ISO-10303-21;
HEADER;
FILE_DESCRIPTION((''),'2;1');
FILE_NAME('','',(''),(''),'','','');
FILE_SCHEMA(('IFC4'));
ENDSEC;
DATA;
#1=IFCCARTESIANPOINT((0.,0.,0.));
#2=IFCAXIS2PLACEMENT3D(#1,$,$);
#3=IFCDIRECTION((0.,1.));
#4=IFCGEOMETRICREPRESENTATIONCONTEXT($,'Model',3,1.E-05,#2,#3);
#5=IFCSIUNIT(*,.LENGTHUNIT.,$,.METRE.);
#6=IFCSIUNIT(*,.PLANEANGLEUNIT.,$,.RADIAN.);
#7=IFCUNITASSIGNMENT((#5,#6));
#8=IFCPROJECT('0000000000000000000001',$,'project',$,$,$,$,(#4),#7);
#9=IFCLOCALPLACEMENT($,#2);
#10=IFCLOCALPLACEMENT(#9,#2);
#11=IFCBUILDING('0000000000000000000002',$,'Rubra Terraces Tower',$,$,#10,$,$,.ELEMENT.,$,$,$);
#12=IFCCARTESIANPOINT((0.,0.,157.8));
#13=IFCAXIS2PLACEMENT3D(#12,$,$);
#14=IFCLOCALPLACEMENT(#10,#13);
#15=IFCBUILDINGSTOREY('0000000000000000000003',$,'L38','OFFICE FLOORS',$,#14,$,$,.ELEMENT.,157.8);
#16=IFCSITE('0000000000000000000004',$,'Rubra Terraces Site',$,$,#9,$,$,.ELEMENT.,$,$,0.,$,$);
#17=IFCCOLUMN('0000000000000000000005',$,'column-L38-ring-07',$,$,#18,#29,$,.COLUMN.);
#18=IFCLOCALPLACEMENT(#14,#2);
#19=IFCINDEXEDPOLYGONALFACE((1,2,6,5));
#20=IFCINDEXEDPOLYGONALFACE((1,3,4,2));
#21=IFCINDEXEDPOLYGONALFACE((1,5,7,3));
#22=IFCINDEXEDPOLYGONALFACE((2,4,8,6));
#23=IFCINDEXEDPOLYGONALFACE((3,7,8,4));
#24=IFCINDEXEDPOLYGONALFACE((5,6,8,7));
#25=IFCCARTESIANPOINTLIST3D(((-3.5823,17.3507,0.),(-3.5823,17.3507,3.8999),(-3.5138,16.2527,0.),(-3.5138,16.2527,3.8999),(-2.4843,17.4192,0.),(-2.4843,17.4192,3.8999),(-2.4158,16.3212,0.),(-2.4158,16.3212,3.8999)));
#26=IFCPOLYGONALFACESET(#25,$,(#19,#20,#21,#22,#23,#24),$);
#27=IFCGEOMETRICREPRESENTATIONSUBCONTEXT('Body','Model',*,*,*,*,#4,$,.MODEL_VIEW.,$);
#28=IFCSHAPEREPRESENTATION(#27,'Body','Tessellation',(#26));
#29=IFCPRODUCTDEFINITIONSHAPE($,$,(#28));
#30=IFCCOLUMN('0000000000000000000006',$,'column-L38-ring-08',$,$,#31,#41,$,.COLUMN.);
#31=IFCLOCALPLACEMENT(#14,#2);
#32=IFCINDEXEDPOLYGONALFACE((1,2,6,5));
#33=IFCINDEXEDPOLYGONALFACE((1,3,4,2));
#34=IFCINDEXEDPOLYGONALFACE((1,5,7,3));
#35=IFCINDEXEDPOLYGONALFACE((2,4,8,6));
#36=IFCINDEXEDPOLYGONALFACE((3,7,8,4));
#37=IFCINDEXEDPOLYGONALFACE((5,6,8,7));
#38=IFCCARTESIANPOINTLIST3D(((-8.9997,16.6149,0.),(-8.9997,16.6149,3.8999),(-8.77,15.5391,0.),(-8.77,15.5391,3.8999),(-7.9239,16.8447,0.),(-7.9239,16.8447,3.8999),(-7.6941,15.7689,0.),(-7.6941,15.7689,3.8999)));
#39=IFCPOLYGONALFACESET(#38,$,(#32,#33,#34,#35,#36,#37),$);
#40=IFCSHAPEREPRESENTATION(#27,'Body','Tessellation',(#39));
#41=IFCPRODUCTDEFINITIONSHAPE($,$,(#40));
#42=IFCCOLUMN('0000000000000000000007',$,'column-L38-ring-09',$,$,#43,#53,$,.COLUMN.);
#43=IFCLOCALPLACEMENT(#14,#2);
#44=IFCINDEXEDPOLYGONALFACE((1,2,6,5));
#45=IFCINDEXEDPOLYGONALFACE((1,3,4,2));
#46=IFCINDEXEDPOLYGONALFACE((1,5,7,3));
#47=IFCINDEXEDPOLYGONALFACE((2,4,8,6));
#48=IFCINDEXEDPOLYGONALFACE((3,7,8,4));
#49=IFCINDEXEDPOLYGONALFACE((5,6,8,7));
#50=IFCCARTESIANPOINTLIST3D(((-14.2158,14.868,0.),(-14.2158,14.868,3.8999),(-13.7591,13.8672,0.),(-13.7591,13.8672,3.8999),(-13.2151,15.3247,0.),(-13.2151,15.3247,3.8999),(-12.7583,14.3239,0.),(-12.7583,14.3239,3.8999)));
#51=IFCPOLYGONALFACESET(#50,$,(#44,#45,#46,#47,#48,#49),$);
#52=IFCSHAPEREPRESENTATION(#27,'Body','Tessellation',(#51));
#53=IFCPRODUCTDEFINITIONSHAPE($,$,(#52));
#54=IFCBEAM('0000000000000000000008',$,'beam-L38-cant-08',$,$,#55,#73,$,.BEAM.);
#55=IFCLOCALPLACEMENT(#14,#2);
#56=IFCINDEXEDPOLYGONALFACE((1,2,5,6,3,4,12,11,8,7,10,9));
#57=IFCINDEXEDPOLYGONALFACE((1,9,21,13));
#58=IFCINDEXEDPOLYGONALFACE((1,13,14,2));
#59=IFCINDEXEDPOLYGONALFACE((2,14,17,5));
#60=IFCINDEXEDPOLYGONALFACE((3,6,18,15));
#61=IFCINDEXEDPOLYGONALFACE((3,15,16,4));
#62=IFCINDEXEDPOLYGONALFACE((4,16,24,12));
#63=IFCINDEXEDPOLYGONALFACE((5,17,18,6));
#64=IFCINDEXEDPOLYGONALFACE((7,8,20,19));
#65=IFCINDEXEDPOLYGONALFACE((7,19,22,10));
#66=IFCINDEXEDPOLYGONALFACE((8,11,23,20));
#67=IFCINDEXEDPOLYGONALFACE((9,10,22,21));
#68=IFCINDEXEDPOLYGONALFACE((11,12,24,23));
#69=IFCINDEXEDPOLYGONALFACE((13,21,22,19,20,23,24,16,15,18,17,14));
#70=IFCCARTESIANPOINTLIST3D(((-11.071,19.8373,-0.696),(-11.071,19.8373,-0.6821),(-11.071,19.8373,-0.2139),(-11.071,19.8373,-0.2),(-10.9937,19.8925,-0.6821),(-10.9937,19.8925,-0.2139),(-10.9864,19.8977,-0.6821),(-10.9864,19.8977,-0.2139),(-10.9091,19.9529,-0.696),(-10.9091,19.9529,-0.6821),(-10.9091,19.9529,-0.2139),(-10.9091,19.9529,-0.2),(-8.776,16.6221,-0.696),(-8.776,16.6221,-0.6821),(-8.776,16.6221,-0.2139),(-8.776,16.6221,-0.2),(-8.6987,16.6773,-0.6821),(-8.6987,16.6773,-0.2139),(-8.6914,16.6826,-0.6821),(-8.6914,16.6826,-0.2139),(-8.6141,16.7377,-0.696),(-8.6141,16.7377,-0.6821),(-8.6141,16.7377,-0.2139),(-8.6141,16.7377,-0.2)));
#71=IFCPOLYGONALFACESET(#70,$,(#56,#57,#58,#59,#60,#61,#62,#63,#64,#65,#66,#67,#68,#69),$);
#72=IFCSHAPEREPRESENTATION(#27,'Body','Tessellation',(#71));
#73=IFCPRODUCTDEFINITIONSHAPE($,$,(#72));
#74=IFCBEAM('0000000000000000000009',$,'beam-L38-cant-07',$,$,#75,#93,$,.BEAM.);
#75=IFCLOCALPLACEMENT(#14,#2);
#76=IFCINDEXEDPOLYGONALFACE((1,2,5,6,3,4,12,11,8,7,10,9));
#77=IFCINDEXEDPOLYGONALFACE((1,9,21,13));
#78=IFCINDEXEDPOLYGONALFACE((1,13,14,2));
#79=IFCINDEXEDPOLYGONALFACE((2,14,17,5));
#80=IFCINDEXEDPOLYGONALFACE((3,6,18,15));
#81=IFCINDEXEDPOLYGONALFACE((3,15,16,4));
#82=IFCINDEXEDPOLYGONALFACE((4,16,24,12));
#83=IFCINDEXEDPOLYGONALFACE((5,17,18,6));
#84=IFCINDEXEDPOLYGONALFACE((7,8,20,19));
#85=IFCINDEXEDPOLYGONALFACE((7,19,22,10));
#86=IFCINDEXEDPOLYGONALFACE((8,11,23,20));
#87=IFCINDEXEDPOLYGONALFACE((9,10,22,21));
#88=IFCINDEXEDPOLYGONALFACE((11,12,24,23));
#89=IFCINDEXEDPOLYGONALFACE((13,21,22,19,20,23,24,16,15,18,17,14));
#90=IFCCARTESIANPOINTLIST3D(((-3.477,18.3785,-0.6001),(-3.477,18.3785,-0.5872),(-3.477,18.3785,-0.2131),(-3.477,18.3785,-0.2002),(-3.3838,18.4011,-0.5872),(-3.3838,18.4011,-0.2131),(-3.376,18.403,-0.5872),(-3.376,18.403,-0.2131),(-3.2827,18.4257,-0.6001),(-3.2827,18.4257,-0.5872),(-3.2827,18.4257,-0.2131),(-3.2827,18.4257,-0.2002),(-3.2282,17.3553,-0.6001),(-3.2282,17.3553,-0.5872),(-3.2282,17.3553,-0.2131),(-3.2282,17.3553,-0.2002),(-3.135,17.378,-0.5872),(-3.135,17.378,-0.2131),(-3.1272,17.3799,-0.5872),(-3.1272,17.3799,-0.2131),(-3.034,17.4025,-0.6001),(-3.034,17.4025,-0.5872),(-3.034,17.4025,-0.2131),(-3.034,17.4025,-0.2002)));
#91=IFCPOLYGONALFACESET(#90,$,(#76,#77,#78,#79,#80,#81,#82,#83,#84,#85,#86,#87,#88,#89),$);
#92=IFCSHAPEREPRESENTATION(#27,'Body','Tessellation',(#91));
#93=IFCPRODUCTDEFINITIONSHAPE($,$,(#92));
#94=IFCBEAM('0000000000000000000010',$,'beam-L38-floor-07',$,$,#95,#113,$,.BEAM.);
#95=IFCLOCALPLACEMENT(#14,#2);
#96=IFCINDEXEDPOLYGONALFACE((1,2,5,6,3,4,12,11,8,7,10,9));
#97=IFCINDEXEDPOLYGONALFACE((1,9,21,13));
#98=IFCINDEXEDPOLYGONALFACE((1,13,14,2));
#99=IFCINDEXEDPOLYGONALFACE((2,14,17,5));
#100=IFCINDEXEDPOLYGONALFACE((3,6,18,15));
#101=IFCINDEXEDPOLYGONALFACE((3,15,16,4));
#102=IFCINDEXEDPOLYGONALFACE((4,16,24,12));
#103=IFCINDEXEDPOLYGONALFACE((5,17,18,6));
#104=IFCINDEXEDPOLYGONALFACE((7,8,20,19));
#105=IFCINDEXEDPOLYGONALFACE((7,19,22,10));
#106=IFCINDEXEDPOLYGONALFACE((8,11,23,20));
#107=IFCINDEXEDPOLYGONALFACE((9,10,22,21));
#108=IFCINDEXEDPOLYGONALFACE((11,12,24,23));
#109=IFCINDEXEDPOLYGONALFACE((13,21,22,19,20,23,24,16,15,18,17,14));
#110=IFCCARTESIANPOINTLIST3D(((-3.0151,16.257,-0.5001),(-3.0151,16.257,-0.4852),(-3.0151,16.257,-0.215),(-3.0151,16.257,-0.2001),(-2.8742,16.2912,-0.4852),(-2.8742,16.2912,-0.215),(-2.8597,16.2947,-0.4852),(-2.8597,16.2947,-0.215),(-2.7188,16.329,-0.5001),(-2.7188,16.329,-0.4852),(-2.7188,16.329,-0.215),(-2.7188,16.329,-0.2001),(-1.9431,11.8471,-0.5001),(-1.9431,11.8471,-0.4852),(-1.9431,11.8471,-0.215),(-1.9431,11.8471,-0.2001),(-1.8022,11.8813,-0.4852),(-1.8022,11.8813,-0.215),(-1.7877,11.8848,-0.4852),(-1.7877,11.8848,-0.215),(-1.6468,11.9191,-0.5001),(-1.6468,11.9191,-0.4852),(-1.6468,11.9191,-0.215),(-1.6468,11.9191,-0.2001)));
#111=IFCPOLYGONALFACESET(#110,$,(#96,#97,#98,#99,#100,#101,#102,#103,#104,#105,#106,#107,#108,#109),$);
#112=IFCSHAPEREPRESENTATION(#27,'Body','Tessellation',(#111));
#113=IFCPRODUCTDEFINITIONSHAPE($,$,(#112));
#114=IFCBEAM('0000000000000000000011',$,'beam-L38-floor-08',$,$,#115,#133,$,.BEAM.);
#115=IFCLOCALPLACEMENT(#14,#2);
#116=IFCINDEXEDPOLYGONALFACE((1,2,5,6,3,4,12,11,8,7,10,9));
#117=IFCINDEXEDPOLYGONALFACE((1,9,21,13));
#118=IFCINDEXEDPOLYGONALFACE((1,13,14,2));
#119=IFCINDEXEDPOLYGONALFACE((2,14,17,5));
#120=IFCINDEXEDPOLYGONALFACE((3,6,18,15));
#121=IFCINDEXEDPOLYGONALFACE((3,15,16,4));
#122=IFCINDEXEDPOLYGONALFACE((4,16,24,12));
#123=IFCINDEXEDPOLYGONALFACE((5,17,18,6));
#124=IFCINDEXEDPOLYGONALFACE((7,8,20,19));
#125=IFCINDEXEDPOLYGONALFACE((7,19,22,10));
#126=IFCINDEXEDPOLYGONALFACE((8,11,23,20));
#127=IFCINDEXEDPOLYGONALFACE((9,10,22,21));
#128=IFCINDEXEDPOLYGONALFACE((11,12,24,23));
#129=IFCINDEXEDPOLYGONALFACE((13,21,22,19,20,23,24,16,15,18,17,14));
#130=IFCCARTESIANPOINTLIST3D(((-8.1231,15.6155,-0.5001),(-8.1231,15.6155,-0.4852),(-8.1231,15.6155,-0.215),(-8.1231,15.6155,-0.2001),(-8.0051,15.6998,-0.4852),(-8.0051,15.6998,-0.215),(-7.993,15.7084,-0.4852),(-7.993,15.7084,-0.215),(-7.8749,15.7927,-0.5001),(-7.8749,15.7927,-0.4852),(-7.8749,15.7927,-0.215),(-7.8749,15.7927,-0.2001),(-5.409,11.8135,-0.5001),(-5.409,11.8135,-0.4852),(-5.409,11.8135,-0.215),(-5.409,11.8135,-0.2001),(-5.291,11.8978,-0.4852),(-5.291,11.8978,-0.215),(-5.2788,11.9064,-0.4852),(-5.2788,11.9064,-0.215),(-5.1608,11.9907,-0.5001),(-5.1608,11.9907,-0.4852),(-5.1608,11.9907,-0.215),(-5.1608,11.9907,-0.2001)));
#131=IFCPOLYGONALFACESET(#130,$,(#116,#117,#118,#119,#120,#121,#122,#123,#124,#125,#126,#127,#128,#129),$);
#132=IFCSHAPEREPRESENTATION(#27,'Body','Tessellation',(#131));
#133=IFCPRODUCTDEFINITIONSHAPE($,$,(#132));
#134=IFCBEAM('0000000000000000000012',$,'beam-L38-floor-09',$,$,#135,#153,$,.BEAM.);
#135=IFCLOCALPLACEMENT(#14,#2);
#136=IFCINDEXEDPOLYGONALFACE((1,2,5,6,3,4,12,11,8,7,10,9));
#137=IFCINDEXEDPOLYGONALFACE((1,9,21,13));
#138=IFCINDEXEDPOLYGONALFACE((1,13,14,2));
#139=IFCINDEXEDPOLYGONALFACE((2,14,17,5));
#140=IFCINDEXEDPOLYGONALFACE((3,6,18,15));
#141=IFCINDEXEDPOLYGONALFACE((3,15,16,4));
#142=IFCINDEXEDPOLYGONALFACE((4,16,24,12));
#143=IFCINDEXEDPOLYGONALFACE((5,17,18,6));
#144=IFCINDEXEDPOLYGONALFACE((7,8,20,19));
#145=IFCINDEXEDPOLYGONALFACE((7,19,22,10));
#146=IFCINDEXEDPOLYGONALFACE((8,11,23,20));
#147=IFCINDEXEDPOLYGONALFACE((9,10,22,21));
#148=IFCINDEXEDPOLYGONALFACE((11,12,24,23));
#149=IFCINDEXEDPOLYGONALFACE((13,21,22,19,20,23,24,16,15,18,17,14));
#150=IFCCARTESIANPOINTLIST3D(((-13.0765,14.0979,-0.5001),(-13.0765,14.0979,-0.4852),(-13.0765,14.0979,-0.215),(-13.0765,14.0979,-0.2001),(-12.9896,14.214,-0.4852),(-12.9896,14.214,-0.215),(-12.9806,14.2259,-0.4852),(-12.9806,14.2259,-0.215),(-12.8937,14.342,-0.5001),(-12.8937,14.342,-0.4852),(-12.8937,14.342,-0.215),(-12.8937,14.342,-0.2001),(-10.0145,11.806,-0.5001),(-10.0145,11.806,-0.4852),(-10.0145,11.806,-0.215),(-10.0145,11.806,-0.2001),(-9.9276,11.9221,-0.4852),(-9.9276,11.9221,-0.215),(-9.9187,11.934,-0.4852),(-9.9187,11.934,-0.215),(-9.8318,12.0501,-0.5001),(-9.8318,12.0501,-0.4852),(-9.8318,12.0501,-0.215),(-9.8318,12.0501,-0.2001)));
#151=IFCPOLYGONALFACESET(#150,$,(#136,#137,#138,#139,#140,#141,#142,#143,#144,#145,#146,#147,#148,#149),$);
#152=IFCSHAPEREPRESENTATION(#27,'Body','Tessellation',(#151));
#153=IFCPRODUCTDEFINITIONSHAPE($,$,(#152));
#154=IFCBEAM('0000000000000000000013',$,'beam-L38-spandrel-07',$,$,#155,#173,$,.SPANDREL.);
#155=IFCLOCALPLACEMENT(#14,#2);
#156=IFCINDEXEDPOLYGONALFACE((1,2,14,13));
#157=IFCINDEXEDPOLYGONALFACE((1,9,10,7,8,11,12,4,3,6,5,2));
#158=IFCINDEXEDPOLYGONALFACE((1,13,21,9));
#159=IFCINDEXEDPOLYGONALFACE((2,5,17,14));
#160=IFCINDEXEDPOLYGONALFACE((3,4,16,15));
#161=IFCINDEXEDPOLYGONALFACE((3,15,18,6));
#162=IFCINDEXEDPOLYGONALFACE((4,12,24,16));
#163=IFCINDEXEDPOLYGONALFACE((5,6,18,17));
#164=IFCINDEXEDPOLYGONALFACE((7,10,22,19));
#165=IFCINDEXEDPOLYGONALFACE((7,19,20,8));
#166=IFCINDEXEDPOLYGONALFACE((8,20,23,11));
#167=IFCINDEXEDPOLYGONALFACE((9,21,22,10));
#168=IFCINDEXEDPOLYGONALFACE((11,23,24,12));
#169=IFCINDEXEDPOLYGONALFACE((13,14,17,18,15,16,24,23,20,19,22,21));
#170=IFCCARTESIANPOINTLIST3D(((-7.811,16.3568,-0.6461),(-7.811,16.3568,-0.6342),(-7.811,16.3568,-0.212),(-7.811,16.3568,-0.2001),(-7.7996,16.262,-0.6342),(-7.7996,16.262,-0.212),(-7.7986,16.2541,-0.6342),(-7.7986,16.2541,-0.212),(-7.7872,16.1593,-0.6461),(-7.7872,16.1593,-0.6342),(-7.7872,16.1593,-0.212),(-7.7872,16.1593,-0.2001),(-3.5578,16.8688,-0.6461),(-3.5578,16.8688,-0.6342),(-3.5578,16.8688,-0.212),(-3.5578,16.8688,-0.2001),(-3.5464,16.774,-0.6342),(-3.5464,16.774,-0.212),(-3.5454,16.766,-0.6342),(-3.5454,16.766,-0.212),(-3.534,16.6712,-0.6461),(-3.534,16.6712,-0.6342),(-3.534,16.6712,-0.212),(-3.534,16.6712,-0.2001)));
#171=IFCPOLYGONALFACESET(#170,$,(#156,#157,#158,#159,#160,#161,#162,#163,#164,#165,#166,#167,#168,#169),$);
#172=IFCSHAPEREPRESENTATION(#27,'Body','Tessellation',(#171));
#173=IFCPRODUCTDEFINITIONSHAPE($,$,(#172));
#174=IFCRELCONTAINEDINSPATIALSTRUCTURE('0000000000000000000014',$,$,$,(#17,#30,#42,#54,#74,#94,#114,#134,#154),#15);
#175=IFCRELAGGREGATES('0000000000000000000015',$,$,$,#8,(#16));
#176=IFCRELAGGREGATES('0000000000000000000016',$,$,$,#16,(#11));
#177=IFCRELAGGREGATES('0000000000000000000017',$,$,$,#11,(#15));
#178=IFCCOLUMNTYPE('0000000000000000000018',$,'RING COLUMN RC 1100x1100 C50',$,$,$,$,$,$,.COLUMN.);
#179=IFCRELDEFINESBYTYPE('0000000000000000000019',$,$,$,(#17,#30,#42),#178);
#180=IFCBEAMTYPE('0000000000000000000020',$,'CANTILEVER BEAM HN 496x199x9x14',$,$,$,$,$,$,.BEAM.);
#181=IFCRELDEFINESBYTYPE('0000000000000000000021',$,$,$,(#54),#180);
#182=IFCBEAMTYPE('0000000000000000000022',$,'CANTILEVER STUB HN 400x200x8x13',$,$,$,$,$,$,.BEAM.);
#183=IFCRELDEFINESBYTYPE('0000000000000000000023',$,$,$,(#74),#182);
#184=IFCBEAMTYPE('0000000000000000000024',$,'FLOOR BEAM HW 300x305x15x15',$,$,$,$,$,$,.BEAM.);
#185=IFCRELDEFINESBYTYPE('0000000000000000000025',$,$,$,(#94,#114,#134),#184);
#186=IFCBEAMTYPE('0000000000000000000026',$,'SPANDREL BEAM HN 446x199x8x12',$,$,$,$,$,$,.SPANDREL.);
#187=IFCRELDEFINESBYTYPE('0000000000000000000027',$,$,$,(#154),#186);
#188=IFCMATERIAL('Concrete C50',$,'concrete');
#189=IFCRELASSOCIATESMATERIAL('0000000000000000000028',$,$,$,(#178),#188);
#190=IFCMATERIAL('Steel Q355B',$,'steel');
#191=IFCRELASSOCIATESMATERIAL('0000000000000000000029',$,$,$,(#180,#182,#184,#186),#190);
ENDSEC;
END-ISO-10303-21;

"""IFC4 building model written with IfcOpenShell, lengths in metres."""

from ifc_helpers import new_model, si_unit, direction, frame, origin, origin_2d, place, context, subcontext, project, spatial, rectangle, i_section, extrude, material, material_profile, profile_set, type_object, element, save


model = new_model("IFC4")

# Units and contexts
model_context = context("Model", 3, precision=1e-05, world=origin(), true_north=direction((0.0, 1.0)))
body_context = subcontext(model_context, "Body", "Model", "MODEL_VIEW")
ifc_project = project(units=[si_unit("LENGTHUNIT", "METRE"), si_unit("PLANEANGLEUNIT", "RADIAN")], contexts=[model_context])

# Site, building, storey
site_placement = place(None, origin())
site = spatial("IfcSite", under=ifc_project, at=site_placement, Name="Rubra Terraces Site", CompositionType="ELEMENT", RefElevation=0.0)
building_placement = place(site_placement, origin())
building = spatial("IfcBuilding", under=site, at=building_placement, Name="Rubra Terraces Tower", CompositionType="ELEMENT")
storey_placement = place(building_placement, frame((0.0, 0.0, 157.8)))
storey = spatial("IfcBuildingStorey", under=building, at=storey_placement, Name="L38", Description="OFFICE FLOORS", CompositionType="ELEMENT", Elevation=157.8)

# Columns
ifc_material_1 = material(Name="Concrete C50", Category="concrete")
ifc_material_profile_1 = material_profile(ifc_material_1, rectangle(XDim=1.1001, YDim=1.1001, at=origin_2d()), Name="RC 1100x1100")
ifc_profile_set_1 = profile_set([ifc_material_profile_1], Name="Concrete C50")
column_type = type_object("IfcColumnType", Name="RING COLUMN RC 1100x1100 C50", PredefinedType="COLUMN", material=ifc_profile_set_1)
for number, where, z_axis, x_axis, name in (
    (1, (-2.999, 16.8359, 0.0), (0.0, 0.0, 1.0), (-0.998059, -0.062268, 0.0), "column-L38-ring-07"),
    (2, (-8.3469, 16.1919, 0.0), (0.0, 0.0, 1.0), (-0.977944, -0.208867, 0.0), "column-L38-ring-08"),
    (3, (-13.4871, 14.5959, 0.0), (0.0, 0.0, 1.0), (-0.909726, -0.415208, 0.0), "column-L38-ring-09"),
):
    element("IfcColumn", number, at=place(storey_placement, frame(where, z_axis=z_axis, x_axis=x_axis)), inside=storey, type_object=column_type, Name=name, PredefinedType="COLUMN", context=body_context, shape_type="SweptSolid", body=[
        extrude(rectangle(XDim=1.1001, YDim=1.1001, at=origin_2d()), origin(), (0.0, 0.0, 1.0), 3.8999),
    ])

# Beams
ifc_material_2 = material(Name="Steel Q355B", Category="steel")
ifc_material_profile_2 = material_profile(ifc_material_2, i_section(OverallWidth=0.199, OverallDepth=0.4961, WebThickness=0.009, FlangeThickness=0.0139, at=origin_2d()), Name="HN 496x199x9x14")
ifc_profile_set_2 = profile_set([ifc_material_profile_2], Name="Steel Q355B")
beam_type_1 = type_object("IfcBeamType", Name="CANTILEVER BEAM HN 496x199x9x14", PredefinedType="BEAM", material=ifc_profile_set_2)
beam_1_placement = place(storey_placement, frame((-8.6951, 16.6799, -0.448), z_axis=(-0.580975, 0.813921, 0.0), x_axis=(-0.813921, -0.580975, 0.0)))
element("IfcBeam", 4, at=beam_1_placement, inside=storey, type_object=beam_type_1, Name="beam-L38-cant-08", PredefinedType="BEAM", context=body_context, shape_type="SweptSolid", body=[
    extrude(i_section(OverallWidth=0.199, OverallDepth=0.4961, WebThickness=0.009, FlangeThickness=0.0139, at=origin_2d()), origin(), (0.0, 0.0, 1.0), 3.9502),
])
ifc_material_profile_3 = material_profile(ifc_material_2, i_section(OverallWidth=0.2, OverallDepth=0.3999, WebThickness=0.0081, FlangeThickness=0.0129, at=origin_2d()), Name="HN 400x200x8x13")
ifc_profile_set_3 = profile_set([ifc_material_profile_3], Name="Steel Q355B")
beam_type_2 = type_object("IfcBeamType", Name="CANTILEVER STUB HN 400x200x8x13", PredefinedType="BEAM", material=ifc_profile_set_3)
beam_2_placement = place(storey_placement, frame((-3.1311, 17.3789, -0.4001), z_axis=(-0.236257, 0.971691, 0.0), x_axis=(-0.971691, -0.236257, 0.0)))
element("IfcBeam", 5, at=beam_2_placement, inside=storey, type_object=beam_type_2, Name="beam-L38-cant-07", PredefinedType="BEAM", context=body_context, shape_type="SweptSolid", body=[
    extrude(i_section(OverallWidth=0.2, OverallDepth=0.3999, WebThickness=0.0081, FlangeThickness=0.0129, at=origin_2d()), origin(), (0.0, 0.0, 1.0), 1.053),
])
ifc_material_profile_4 = material_profile(ifc_material_2, i_section(OverallWidth=0.3049, OverallDepth=0.3, WebThickness=0.0149, FlangeThickness=0.0149, at=origin_2d()), Name="HW 300x305x15x15")
ifc_profile_set_4 = profile_set([ifc_material_profile_4], Name="Steel Q355B")
beam_type_3 = type_object("IfcBeamType", Name="FLOOR BEAM HW 300x305x15x15", PredefinedType="BEAM", material=ifc_profile_set_4)
beam_3_placement = place(storey_placement, frame((-2.8669, 16.293, -0.3501), z_axis=(0.236214, -0.971701, 0.0), x_axis=(0.971701, 0.236214, 0.0)))
element("IfcBeam", 6, at=beam_3_placement, inside=storey, type_object=beam_type_3, Name="beam-L38-floor-07", PredefinedType="BEAM", context=body_context, shape_type="SweptSolid", body=[
    extrude(i_section(OverallWidth=0.3049, OverallDepth=0.3, WebThickness=0.0149, FlangeThickness=0.0149, at=origin_2d()), origin(), (0.0, 0.0, 1.0), 4.5383),
])
beam_4_placement = place(storey_placement, frame((-7.999, 15.7041, -0.3501), z_axis=(0.581011, -0.813896, 0.0), x_axis=(0.813896, 0.581011, 0.0)))
element("IfcBeam", 7, at=beam_4_placement, inside=storey, type_object=beam_type_3, Name="beam-L38-floor-08", PredefinedType="BEAM", context=body_context, shape_type="SweptSolid", body=[
    extrude(i_section(OverallWidth=0.3049, OverallDepth=0.3, WebThickness=0.0149, FlangeThickness=0.0149, at=origin_2d()), origin(), (0.0, 0.0, 1.0), 4.6714),
])
beam_5_placement = place(storey_placement, frame((-12.9851, 14.22, -0.3501), z_axis=(0.800566, -0.599244, 0.0), x_axis=(0.599244, 0.800566, 0.0)))
element("IfcBeam", 8, at=beam_5_placement, inside=storey, type_object=beam_type_3, Name="beam-L38-floor-09", PredefinedType="BEAM", context=body_context, shape_type="SweptSolid", body=[
    extrude(i_section(OverallWidth=0.3049, OverallDepth=0.3, WebThickness=0.0149, FlangeThickness=0.0149, at=origin_2d()), origin(), (0.0, 0.0, 1.0), 3.8247),
])
ifc_material_profile_5 = material_profile(ifc_material_2, i_section(OverallWidth=0.199, OverallDepth=0.446, WebThickness=0.0081, FlangeThickness=0.012, at=origin_2d()), Name="HN 446x199x8x12")
ifc_profile_set_5 = profile_set([ifc_material_profile_5], Name="Steel Q355B")
beam_type_4 = type_object("IfcBeamType", Name="SPANDREL BEAM HN 446x199x8x12", PredefinedType="SPANDREL", material=ifc_profile_set_5)
beam_6_placement = place(storey_placement, frame((-3.5459, 16.77, -0.4231), z_axis=(-0.992833, -0.119509, 0.0), x_axis=(0.119509, -0.992833, 0.0)))
element("IfcBeam", 9, at=beam_6_placement, inside=storey, type_object=beam_type_4, Name="beam-L38-spandrel-07", PredefinedType="SPANDREL", context=body_context, shape_type="SweptSolid", body=[
    extrude(i_section(OverallWidth=0.199, OverallDepth=0.446, WebThickness=0.0081, FlangeThickness=0.012, at=origin_2d()), origin(), (0.0, 0.0, 1.0), 4.2839),
])

save(model, "model.ifc")
